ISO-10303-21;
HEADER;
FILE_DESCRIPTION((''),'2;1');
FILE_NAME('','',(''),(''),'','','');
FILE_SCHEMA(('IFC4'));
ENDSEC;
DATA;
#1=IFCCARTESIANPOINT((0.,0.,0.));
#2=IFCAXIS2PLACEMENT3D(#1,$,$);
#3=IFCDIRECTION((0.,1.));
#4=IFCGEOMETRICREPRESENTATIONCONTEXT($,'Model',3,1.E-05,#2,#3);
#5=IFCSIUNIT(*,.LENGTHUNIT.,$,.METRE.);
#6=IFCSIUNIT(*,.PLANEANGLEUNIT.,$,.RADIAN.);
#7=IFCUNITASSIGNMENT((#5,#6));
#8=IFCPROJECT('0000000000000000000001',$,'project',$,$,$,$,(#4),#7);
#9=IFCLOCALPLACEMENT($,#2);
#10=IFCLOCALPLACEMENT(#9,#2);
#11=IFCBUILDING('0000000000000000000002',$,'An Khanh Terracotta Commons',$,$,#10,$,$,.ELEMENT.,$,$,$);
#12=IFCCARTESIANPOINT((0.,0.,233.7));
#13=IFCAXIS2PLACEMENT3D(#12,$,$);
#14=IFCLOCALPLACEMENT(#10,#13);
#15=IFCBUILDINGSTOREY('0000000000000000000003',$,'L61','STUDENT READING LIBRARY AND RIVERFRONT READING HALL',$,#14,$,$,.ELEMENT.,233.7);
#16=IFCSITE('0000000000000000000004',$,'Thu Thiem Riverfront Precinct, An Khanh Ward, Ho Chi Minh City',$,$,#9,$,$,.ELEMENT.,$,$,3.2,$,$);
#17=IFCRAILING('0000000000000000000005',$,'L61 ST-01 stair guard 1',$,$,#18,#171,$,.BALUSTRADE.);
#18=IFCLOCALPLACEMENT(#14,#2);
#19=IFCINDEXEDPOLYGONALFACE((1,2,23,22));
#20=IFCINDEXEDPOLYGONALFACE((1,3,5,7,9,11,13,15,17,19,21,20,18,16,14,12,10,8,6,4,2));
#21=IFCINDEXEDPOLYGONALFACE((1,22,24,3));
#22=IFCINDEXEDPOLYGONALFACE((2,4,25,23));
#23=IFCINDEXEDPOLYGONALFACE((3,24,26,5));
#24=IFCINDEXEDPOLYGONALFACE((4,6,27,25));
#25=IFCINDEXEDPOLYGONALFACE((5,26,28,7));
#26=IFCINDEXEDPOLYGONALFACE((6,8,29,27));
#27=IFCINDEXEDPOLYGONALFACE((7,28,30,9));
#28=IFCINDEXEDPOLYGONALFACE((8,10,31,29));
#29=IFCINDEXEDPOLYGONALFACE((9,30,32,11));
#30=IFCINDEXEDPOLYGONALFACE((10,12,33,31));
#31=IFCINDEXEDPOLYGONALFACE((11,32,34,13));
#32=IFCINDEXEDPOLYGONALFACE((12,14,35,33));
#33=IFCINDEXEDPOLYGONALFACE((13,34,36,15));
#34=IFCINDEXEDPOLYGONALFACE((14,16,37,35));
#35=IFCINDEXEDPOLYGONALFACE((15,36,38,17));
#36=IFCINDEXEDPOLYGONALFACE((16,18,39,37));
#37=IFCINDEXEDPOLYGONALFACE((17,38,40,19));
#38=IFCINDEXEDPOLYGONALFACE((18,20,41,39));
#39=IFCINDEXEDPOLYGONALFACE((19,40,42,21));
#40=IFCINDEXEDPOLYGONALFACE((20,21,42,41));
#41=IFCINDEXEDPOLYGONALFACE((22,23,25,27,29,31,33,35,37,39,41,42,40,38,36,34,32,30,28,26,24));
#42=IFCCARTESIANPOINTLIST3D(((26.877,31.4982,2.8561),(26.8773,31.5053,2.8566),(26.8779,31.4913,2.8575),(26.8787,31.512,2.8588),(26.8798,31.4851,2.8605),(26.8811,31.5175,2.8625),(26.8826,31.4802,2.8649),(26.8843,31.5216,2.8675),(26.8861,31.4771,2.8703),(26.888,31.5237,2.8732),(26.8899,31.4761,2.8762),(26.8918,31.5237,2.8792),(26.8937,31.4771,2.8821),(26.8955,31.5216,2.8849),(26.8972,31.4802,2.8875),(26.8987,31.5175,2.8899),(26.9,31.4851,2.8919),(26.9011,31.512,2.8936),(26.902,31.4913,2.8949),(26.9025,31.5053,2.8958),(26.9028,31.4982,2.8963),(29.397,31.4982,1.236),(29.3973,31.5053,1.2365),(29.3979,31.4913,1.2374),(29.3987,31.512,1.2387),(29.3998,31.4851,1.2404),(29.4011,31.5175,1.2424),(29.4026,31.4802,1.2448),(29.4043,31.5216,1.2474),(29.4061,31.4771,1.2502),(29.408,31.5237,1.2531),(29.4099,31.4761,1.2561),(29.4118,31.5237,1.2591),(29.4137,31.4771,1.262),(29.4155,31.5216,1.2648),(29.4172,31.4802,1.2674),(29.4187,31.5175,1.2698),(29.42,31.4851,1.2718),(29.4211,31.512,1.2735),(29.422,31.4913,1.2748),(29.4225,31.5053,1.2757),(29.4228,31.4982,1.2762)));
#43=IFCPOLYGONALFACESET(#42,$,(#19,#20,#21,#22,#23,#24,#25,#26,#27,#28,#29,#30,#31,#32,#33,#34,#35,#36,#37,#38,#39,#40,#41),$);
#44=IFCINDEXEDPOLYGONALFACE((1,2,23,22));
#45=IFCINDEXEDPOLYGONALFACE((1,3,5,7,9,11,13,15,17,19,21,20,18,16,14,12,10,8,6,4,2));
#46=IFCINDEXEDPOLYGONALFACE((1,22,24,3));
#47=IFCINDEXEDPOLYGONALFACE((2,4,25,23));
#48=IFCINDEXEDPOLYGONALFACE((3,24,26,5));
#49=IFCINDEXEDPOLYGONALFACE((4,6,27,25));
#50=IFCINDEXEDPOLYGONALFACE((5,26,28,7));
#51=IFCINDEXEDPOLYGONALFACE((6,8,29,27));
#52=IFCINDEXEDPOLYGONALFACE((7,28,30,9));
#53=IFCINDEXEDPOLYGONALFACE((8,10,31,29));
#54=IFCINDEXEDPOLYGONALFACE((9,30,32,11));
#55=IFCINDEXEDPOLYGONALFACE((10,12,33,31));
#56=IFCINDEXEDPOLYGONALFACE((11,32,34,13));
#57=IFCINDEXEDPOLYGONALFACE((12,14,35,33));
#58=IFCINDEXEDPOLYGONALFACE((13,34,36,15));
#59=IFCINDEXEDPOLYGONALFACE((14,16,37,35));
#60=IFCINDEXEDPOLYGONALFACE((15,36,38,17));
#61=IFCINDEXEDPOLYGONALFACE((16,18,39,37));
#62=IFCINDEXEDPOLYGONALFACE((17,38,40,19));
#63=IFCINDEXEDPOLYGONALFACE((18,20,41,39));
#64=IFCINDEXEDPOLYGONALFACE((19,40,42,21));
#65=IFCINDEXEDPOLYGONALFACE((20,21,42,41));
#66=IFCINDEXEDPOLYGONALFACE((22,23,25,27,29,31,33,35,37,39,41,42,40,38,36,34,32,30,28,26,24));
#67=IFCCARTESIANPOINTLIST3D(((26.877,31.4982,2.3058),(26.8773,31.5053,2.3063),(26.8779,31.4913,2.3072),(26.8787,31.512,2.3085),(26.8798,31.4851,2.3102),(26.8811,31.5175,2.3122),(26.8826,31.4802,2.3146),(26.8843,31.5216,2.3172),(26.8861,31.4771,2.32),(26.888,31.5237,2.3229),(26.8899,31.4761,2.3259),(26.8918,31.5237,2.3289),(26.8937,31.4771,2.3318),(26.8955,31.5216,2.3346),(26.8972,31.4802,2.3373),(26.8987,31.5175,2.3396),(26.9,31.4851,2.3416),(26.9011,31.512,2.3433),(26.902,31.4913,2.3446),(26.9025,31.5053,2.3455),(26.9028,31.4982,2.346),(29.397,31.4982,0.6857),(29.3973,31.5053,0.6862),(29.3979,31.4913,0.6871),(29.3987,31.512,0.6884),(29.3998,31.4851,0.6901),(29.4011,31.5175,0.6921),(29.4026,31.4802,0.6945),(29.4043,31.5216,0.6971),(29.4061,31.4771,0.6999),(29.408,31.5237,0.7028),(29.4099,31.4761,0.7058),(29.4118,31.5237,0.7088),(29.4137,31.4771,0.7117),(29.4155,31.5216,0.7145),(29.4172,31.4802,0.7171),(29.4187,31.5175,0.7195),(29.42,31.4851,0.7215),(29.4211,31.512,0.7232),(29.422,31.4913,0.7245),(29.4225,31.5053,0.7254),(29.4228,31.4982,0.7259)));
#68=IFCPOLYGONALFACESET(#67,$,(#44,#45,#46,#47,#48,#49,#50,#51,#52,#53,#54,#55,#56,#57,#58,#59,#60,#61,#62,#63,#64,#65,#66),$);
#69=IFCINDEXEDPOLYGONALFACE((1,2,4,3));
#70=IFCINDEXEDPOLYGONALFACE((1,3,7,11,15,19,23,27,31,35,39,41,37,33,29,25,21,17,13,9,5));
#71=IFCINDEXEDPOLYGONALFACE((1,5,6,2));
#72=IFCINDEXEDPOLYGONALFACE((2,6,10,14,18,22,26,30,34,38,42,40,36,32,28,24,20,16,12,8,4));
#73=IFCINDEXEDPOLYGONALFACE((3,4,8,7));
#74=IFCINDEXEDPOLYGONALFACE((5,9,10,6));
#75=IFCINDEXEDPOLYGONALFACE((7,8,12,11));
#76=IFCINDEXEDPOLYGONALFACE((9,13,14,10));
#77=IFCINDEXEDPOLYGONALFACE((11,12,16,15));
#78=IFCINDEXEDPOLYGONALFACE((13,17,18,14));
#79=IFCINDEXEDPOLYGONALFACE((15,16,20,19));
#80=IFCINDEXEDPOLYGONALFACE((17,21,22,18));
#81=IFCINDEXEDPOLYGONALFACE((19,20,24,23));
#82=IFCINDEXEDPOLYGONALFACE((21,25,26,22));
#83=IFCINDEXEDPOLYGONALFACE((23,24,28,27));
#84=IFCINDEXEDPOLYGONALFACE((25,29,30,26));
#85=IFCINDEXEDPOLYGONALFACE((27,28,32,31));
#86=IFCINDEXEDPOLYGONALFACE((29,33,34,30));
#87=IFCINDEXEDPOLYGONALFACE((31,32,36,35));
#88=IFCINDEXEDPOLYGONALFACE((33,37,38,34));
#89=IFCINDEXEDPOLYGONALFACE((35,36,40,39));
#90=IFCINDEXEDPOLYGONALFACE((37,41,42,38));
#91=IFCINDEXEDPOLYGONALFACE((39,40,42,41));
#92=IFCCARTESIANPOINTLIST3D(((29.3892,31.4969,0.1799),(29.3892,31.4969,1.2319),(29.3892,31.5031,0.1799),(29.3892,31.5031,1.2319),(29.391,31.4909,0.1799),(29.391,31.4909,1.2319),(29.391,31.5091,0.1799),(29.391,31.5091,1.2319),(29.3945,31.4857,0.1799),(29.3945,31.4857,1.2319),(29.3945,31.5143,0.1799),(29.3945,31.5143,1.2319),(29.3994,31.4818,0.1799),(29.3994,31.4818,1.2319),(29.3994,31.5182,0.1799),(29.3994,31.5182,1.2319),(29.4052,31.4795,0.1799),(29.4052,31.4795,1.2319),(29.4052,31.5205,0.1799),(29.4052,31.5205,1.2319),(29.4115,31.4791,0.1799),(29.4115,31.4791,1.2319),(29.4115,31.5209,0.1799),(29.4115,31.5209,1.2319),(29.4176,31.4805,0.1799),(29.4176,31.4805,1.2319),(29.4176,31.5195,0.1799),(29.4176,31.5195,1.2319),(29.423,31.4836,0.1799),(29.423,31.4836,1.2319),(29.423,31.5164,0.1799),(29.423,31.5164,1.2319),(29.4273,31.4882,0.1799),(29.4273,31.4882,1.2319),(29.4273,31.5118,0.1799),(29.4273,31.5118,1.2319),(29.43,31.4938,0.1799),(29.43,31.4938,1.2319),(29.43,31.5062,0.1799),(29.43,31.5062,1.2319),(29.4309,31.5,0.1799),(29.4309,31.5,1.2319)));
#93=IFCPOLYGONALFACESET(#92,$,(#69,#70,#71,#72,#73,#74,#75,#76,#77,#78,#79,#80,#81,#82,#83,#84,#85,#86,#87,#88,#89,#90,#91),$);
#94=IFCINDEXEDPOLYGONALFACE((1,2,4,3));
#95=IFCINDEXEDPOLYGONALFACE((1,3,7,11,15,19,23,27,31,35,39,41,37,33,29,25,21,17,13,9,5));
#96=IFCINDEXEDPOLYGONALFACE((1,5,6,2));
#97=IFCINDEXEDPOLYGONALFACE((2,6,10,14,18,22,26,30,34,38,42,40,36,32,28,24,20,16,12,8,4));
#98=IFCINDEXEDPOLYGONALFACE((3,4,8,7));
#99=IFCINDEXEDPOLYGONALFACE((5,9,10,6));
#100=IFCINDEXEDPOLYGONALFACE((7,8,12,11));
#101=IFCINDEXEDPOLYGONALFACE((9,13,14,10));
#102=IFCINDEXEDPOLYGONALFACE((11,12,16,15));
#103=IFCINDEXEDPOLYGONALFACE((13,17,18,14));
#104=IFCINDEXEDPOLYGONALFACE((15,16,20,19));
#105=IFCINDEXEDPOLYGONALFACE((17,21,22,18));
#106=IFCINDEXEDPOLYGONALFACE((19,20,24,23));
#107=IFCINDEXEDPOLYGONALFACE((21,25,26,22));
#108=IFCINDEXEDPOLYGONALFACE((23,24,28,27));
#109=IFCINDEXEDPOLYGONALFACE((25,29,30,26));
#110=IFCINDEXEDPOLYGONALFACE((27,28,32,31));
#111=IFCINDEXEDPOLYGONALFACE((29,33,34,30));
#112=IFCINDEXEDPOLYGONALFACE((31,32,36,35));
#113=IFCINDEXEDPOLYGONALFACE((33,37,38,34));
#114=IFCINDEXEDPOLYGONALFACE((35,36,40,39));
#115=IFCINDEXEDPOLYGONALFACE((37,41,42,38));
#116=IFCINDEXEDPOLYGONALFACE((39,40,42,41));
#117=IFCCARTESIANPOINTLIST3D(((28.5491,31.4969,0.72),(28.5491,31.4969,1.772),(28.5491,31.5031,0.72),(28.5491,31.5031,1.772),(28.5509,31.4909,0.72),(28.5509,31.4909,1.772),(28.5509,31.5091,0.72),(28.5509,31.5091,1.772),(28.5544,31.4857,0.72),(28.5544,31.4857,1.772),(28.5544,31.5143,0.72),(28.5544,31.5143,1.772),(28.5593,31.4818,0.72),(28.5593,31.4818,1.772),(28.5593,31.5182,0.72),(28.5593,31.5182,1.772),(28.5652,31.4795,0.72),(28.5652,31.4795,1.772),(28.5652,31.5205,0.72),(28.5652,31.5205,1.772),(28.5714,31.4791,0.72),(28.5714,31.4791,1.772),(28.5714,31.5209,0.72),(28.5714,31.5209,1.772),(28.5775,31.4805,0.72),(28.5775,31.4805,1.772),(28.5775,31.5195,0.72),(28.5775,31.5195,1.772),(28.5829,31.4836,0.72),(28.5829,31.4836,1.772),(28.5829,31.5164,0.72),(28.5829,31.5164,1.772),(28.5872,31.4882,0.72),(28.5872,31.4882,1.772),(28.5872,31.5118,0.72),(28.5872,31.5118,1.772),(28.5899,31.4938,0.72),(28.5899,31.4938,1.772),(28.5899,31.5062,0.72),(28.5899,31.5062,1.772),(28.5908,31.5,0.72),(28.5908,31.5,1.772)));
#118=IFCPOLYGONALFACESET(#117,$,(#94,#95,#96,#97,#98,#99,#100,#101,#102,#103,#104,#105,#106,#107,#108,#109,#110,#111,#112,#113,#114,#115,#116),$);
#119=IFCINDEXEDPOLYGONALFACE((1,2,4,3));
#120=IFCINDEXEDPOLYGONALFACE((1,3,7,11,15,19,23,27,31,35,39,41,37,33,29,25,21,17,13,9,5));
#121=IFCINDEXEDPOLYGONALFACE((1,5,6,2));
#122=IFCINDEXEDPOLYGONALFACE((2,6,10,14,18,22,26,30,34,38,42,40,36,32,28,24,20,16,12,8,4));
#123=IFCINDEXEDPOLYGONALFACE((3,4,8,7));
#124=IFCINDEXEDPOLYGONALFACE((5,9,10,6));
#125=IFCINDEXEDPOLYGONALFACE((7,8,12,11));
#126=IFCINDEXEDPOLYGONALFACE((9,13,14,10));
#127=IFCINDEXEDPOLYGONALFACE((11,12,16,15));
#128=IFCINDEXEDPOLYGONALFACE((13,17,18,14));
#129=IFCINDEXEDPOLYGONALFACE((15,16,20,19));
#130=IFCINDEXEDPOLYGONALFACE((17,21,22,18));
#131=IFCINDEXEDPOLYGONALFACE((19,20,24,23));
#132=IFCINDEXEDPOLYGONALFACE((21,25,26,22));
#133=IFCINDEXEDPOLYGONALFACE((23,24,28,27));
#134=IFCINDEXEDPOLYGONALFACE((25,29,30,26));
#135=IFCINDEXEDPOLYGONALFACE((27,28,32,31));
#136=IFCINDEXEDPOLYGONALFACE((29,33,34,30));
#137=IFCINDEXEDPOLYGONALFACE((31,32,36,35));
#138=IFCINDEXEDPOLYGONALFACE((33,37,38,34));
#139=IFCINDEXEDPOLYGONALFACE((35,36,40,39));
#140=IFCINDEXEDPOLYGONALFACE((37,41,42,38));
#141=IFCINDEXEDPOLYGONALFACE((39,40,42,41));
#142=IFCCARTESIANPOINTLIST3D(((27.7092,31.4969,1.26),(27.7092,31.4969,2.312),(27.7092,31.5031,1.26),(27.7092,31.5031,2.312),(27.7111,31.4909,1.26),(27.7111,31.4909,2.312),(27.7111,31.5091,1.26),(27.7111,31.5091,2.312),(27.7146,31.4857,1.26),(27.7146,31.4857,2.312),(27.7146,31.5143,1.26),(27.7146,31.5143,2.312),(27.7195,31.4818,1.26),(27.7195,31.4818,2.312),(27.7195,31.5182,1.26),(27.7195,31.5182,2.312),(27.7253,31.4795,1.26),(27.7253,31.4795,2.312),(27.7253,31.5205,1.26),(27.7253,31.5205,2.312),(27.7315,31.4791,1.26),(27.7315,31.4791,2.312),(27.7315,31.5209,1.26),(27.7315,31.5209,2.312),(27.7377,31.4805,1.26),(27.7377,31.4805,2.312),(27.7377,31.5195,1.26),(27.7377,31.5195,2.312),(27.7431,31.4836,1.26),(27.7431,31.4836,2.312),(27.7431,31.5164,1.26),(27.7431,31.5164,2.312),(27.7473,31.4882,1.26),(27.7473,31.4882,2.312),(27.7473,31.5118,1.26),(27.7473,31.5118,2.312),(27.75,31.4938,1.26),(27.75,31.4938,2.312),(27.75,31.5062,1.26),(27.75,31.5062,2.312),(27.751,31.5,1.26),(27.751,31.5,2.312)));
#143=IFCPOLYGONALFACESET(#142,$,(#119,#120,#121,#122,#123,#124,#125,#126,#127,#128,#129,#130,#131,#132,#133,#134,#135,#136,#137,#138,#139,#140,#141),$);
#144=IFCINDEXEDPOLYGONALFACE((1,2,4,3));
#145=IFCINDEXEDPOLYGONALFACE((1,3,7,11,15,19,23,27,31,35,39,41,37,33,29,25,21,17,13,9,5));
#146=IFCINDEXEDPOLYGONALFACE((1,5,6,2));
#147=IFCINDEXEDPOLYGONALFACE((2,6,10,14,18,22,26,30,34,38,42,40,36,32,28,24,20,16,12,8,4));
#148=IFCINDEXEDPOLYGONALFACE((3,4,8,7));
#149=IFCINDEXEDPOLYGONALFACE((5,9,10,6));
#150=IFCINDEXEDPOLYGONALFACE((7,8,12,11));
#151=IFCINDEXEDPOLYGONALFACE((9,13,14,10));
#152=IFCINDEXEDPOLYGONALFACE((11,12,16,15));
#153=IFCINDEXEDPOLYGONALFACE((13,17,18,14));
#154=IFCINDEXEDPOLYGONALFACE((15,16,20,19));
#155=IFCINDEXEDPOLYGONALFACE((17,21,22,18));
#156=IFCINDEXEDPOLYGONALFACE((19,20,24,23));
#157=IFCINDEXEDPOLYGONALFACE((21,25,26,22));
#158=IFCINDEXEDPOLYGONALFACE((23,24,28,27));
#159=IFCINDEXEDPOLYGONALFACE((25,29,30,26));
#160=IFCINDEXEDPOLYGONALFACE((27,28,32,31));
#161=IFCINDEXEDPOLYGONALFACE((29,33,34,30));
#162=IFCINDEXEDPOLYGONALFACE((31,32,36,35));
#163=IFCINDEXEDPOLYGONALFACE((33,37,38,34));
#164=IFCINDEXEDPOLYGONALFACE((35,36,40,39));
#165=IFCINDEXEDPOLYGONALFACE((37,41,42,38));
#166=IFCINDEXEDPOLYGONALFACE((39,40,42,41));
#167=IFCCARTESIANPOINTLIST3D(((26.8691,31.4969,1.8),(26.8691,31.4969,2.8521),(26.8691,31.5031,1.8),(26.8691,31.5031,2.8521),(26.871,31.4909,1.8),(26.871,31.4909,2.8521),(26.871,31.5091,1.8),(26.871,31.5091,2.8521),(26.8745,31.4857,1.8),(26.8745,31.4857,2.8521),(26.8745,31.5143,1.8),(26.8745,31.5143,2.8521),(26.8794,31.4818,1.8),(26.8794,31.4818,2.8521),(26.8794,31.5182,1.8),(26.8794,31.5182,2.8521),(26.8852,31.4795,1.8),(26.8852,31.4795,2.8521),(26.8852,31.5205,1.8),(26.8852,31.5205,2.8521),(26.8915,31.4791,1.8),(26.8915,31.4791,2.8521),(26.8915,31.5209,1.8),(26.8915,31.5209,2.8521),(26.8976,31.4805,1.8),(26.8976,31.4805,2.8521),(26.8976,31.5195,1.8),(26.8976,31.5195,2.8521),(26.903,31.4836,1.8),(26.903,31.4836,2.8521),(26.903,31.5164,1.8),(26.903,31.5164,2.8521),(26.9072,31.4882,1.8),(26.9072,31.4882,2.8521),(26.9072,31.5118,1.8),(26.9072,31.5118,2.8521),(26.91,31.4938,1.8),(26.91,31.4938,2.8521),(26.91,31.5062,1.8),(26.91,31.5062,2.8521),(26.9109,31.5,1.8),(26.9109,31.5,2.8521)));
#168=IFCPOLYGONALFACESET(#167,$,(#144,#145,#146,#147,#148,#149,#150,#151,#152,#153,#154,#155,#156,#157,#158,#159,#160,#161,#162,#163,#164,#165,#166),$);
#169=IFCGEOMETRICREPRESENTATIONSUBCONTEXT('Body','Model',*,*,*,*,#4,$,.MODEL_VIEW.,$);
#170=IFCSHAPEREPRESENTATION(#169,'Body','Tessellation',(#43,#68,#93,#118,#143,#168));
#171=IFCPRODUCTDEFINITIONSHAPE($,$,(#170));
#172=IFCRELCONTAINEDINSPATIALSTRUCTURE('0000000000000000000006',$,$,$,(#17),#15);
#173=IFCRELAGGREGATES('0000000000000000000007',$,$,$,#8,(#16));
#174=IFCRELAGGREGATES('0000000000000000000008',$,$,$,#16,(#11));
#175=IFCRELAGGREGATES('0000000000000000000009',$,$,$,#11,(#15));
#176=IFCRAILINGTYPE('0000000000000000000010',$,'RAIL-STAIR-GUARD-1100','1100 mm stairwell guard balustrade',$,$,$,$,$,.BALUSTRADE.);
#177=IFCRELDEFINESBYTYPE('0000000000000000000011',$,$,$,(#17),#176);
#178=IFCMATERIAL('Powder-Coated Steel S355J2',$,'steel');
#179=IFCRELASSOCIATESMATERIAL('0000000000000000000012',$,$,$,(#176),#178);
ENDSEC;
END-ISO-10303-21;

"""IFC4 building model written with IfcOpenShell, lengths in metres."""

from ifc_helpers import new_model, si_unit, direction, frame, origin, origin_2d, place, context, subcontext, project, spatial, circle, extrude, material, type_object, element, save


model = new_model("IFC4")

# Units and contexts
model_context = context("Model", 3, precision=1e-05, world=origin(), true_north=direction((0.0, 1.0)))
body_context = subcontext(model_context, "Body", "Model", "MODEL_VIEW")
ifc_project = project(units=[si_unit("LENGTHUNIT", "METRE"), si_unit("PLANEANGLEUNIT", "RADIAN")], contexts=[model_context])

# Site, building, storey
site_placement = place(None, origin())
site = spatial("IfcSite", under=ifc_project, at=site_placement, Name="Thu Thiem Riverfront Precinct, An Khanh Ward, Ho Chi Minh City", CompositionType="ELEMENT", RefElevation=3.2)
building_placement = place(site_placement, origin())
building = spatial("IfcBuilding", under=site, at=building_placement, Name="An Khanh Terracotta Commons", CompositionType="ELEMENT")
storey_placement = place(building_placement, frame((0.0, 0.0, 233.7)))
storey = spatial("IfcBuildingStorey", under=building, at=storey_placement, Name="L61", Description="STUDENT READING LIBRARY AND RIVERFRONT READING HALL", CompositionType="ELEMENT", Elevation=233.7)

# Railing
ifc_material_1 = material(Name="Powder-Coated Steel S355J2", Category="steel")
railing_type_1 = type_object("IfcRailingType", Name="RAIL-STAIR-GUARD-1100", Description="1100 mm stairwell guard balustrade", PredefinedType="BALUSTRADE", material=ifc_material_1)
railing_1_placement = place(storey_placement, frame((29.4099, 31.5, 0.1799)))
element("IfcRailing", 1, at=railing_1_placement, inside=storey, type_object=railing_type_1, Name="L61 ST-01 stair guard 1", PredefinedType="BALUSTRADE", context=body_context, shape_type="SweptSolid", body=[
    extrude(circle(Radius=0.0239, at=origin_2d()), frame((0.0, 0.0, 1.0762), z_axis=(-0.841163, 0.0, 0.540782), x_axis=(0.0, -1.0, 0.0)), (0.0, 0.0, 1.0), 2.9958),
    extrude(circle(Radius=0.0239, at=origin_2d()), frame((0.0, 0.0, 0.5259), z_axis=(-0.841163, 0.0, 0.540782), x_axis=(0.0, -1.0, 0.0)), (0.0, 0.0, 1.0), 2.9958),
    extrude(circle(Radius=0.021, at=origin_2d()), origin(), (0.0, 0.0, 1.0), 1.052),
    extrude(circle(Radius=0.021, at=origin_2d()), frame((-0.8401, 0.0, 0.54)), (0.0, 0.0, 1.0), 1.052),
    extrude(circle(Radius=0.021, at=origin_2d()), frame((-1.6799, 0.0, 1.0801)), (0.0, 0.0, 1.0), 1.052),
    extrude(circle(Radius=0.021, at=origin_2d()), frame((-2.52, 0.0, 1.6201)), (0.0, 0.0, 1.0), 1.052),
])

save(model, "model.ifc")
